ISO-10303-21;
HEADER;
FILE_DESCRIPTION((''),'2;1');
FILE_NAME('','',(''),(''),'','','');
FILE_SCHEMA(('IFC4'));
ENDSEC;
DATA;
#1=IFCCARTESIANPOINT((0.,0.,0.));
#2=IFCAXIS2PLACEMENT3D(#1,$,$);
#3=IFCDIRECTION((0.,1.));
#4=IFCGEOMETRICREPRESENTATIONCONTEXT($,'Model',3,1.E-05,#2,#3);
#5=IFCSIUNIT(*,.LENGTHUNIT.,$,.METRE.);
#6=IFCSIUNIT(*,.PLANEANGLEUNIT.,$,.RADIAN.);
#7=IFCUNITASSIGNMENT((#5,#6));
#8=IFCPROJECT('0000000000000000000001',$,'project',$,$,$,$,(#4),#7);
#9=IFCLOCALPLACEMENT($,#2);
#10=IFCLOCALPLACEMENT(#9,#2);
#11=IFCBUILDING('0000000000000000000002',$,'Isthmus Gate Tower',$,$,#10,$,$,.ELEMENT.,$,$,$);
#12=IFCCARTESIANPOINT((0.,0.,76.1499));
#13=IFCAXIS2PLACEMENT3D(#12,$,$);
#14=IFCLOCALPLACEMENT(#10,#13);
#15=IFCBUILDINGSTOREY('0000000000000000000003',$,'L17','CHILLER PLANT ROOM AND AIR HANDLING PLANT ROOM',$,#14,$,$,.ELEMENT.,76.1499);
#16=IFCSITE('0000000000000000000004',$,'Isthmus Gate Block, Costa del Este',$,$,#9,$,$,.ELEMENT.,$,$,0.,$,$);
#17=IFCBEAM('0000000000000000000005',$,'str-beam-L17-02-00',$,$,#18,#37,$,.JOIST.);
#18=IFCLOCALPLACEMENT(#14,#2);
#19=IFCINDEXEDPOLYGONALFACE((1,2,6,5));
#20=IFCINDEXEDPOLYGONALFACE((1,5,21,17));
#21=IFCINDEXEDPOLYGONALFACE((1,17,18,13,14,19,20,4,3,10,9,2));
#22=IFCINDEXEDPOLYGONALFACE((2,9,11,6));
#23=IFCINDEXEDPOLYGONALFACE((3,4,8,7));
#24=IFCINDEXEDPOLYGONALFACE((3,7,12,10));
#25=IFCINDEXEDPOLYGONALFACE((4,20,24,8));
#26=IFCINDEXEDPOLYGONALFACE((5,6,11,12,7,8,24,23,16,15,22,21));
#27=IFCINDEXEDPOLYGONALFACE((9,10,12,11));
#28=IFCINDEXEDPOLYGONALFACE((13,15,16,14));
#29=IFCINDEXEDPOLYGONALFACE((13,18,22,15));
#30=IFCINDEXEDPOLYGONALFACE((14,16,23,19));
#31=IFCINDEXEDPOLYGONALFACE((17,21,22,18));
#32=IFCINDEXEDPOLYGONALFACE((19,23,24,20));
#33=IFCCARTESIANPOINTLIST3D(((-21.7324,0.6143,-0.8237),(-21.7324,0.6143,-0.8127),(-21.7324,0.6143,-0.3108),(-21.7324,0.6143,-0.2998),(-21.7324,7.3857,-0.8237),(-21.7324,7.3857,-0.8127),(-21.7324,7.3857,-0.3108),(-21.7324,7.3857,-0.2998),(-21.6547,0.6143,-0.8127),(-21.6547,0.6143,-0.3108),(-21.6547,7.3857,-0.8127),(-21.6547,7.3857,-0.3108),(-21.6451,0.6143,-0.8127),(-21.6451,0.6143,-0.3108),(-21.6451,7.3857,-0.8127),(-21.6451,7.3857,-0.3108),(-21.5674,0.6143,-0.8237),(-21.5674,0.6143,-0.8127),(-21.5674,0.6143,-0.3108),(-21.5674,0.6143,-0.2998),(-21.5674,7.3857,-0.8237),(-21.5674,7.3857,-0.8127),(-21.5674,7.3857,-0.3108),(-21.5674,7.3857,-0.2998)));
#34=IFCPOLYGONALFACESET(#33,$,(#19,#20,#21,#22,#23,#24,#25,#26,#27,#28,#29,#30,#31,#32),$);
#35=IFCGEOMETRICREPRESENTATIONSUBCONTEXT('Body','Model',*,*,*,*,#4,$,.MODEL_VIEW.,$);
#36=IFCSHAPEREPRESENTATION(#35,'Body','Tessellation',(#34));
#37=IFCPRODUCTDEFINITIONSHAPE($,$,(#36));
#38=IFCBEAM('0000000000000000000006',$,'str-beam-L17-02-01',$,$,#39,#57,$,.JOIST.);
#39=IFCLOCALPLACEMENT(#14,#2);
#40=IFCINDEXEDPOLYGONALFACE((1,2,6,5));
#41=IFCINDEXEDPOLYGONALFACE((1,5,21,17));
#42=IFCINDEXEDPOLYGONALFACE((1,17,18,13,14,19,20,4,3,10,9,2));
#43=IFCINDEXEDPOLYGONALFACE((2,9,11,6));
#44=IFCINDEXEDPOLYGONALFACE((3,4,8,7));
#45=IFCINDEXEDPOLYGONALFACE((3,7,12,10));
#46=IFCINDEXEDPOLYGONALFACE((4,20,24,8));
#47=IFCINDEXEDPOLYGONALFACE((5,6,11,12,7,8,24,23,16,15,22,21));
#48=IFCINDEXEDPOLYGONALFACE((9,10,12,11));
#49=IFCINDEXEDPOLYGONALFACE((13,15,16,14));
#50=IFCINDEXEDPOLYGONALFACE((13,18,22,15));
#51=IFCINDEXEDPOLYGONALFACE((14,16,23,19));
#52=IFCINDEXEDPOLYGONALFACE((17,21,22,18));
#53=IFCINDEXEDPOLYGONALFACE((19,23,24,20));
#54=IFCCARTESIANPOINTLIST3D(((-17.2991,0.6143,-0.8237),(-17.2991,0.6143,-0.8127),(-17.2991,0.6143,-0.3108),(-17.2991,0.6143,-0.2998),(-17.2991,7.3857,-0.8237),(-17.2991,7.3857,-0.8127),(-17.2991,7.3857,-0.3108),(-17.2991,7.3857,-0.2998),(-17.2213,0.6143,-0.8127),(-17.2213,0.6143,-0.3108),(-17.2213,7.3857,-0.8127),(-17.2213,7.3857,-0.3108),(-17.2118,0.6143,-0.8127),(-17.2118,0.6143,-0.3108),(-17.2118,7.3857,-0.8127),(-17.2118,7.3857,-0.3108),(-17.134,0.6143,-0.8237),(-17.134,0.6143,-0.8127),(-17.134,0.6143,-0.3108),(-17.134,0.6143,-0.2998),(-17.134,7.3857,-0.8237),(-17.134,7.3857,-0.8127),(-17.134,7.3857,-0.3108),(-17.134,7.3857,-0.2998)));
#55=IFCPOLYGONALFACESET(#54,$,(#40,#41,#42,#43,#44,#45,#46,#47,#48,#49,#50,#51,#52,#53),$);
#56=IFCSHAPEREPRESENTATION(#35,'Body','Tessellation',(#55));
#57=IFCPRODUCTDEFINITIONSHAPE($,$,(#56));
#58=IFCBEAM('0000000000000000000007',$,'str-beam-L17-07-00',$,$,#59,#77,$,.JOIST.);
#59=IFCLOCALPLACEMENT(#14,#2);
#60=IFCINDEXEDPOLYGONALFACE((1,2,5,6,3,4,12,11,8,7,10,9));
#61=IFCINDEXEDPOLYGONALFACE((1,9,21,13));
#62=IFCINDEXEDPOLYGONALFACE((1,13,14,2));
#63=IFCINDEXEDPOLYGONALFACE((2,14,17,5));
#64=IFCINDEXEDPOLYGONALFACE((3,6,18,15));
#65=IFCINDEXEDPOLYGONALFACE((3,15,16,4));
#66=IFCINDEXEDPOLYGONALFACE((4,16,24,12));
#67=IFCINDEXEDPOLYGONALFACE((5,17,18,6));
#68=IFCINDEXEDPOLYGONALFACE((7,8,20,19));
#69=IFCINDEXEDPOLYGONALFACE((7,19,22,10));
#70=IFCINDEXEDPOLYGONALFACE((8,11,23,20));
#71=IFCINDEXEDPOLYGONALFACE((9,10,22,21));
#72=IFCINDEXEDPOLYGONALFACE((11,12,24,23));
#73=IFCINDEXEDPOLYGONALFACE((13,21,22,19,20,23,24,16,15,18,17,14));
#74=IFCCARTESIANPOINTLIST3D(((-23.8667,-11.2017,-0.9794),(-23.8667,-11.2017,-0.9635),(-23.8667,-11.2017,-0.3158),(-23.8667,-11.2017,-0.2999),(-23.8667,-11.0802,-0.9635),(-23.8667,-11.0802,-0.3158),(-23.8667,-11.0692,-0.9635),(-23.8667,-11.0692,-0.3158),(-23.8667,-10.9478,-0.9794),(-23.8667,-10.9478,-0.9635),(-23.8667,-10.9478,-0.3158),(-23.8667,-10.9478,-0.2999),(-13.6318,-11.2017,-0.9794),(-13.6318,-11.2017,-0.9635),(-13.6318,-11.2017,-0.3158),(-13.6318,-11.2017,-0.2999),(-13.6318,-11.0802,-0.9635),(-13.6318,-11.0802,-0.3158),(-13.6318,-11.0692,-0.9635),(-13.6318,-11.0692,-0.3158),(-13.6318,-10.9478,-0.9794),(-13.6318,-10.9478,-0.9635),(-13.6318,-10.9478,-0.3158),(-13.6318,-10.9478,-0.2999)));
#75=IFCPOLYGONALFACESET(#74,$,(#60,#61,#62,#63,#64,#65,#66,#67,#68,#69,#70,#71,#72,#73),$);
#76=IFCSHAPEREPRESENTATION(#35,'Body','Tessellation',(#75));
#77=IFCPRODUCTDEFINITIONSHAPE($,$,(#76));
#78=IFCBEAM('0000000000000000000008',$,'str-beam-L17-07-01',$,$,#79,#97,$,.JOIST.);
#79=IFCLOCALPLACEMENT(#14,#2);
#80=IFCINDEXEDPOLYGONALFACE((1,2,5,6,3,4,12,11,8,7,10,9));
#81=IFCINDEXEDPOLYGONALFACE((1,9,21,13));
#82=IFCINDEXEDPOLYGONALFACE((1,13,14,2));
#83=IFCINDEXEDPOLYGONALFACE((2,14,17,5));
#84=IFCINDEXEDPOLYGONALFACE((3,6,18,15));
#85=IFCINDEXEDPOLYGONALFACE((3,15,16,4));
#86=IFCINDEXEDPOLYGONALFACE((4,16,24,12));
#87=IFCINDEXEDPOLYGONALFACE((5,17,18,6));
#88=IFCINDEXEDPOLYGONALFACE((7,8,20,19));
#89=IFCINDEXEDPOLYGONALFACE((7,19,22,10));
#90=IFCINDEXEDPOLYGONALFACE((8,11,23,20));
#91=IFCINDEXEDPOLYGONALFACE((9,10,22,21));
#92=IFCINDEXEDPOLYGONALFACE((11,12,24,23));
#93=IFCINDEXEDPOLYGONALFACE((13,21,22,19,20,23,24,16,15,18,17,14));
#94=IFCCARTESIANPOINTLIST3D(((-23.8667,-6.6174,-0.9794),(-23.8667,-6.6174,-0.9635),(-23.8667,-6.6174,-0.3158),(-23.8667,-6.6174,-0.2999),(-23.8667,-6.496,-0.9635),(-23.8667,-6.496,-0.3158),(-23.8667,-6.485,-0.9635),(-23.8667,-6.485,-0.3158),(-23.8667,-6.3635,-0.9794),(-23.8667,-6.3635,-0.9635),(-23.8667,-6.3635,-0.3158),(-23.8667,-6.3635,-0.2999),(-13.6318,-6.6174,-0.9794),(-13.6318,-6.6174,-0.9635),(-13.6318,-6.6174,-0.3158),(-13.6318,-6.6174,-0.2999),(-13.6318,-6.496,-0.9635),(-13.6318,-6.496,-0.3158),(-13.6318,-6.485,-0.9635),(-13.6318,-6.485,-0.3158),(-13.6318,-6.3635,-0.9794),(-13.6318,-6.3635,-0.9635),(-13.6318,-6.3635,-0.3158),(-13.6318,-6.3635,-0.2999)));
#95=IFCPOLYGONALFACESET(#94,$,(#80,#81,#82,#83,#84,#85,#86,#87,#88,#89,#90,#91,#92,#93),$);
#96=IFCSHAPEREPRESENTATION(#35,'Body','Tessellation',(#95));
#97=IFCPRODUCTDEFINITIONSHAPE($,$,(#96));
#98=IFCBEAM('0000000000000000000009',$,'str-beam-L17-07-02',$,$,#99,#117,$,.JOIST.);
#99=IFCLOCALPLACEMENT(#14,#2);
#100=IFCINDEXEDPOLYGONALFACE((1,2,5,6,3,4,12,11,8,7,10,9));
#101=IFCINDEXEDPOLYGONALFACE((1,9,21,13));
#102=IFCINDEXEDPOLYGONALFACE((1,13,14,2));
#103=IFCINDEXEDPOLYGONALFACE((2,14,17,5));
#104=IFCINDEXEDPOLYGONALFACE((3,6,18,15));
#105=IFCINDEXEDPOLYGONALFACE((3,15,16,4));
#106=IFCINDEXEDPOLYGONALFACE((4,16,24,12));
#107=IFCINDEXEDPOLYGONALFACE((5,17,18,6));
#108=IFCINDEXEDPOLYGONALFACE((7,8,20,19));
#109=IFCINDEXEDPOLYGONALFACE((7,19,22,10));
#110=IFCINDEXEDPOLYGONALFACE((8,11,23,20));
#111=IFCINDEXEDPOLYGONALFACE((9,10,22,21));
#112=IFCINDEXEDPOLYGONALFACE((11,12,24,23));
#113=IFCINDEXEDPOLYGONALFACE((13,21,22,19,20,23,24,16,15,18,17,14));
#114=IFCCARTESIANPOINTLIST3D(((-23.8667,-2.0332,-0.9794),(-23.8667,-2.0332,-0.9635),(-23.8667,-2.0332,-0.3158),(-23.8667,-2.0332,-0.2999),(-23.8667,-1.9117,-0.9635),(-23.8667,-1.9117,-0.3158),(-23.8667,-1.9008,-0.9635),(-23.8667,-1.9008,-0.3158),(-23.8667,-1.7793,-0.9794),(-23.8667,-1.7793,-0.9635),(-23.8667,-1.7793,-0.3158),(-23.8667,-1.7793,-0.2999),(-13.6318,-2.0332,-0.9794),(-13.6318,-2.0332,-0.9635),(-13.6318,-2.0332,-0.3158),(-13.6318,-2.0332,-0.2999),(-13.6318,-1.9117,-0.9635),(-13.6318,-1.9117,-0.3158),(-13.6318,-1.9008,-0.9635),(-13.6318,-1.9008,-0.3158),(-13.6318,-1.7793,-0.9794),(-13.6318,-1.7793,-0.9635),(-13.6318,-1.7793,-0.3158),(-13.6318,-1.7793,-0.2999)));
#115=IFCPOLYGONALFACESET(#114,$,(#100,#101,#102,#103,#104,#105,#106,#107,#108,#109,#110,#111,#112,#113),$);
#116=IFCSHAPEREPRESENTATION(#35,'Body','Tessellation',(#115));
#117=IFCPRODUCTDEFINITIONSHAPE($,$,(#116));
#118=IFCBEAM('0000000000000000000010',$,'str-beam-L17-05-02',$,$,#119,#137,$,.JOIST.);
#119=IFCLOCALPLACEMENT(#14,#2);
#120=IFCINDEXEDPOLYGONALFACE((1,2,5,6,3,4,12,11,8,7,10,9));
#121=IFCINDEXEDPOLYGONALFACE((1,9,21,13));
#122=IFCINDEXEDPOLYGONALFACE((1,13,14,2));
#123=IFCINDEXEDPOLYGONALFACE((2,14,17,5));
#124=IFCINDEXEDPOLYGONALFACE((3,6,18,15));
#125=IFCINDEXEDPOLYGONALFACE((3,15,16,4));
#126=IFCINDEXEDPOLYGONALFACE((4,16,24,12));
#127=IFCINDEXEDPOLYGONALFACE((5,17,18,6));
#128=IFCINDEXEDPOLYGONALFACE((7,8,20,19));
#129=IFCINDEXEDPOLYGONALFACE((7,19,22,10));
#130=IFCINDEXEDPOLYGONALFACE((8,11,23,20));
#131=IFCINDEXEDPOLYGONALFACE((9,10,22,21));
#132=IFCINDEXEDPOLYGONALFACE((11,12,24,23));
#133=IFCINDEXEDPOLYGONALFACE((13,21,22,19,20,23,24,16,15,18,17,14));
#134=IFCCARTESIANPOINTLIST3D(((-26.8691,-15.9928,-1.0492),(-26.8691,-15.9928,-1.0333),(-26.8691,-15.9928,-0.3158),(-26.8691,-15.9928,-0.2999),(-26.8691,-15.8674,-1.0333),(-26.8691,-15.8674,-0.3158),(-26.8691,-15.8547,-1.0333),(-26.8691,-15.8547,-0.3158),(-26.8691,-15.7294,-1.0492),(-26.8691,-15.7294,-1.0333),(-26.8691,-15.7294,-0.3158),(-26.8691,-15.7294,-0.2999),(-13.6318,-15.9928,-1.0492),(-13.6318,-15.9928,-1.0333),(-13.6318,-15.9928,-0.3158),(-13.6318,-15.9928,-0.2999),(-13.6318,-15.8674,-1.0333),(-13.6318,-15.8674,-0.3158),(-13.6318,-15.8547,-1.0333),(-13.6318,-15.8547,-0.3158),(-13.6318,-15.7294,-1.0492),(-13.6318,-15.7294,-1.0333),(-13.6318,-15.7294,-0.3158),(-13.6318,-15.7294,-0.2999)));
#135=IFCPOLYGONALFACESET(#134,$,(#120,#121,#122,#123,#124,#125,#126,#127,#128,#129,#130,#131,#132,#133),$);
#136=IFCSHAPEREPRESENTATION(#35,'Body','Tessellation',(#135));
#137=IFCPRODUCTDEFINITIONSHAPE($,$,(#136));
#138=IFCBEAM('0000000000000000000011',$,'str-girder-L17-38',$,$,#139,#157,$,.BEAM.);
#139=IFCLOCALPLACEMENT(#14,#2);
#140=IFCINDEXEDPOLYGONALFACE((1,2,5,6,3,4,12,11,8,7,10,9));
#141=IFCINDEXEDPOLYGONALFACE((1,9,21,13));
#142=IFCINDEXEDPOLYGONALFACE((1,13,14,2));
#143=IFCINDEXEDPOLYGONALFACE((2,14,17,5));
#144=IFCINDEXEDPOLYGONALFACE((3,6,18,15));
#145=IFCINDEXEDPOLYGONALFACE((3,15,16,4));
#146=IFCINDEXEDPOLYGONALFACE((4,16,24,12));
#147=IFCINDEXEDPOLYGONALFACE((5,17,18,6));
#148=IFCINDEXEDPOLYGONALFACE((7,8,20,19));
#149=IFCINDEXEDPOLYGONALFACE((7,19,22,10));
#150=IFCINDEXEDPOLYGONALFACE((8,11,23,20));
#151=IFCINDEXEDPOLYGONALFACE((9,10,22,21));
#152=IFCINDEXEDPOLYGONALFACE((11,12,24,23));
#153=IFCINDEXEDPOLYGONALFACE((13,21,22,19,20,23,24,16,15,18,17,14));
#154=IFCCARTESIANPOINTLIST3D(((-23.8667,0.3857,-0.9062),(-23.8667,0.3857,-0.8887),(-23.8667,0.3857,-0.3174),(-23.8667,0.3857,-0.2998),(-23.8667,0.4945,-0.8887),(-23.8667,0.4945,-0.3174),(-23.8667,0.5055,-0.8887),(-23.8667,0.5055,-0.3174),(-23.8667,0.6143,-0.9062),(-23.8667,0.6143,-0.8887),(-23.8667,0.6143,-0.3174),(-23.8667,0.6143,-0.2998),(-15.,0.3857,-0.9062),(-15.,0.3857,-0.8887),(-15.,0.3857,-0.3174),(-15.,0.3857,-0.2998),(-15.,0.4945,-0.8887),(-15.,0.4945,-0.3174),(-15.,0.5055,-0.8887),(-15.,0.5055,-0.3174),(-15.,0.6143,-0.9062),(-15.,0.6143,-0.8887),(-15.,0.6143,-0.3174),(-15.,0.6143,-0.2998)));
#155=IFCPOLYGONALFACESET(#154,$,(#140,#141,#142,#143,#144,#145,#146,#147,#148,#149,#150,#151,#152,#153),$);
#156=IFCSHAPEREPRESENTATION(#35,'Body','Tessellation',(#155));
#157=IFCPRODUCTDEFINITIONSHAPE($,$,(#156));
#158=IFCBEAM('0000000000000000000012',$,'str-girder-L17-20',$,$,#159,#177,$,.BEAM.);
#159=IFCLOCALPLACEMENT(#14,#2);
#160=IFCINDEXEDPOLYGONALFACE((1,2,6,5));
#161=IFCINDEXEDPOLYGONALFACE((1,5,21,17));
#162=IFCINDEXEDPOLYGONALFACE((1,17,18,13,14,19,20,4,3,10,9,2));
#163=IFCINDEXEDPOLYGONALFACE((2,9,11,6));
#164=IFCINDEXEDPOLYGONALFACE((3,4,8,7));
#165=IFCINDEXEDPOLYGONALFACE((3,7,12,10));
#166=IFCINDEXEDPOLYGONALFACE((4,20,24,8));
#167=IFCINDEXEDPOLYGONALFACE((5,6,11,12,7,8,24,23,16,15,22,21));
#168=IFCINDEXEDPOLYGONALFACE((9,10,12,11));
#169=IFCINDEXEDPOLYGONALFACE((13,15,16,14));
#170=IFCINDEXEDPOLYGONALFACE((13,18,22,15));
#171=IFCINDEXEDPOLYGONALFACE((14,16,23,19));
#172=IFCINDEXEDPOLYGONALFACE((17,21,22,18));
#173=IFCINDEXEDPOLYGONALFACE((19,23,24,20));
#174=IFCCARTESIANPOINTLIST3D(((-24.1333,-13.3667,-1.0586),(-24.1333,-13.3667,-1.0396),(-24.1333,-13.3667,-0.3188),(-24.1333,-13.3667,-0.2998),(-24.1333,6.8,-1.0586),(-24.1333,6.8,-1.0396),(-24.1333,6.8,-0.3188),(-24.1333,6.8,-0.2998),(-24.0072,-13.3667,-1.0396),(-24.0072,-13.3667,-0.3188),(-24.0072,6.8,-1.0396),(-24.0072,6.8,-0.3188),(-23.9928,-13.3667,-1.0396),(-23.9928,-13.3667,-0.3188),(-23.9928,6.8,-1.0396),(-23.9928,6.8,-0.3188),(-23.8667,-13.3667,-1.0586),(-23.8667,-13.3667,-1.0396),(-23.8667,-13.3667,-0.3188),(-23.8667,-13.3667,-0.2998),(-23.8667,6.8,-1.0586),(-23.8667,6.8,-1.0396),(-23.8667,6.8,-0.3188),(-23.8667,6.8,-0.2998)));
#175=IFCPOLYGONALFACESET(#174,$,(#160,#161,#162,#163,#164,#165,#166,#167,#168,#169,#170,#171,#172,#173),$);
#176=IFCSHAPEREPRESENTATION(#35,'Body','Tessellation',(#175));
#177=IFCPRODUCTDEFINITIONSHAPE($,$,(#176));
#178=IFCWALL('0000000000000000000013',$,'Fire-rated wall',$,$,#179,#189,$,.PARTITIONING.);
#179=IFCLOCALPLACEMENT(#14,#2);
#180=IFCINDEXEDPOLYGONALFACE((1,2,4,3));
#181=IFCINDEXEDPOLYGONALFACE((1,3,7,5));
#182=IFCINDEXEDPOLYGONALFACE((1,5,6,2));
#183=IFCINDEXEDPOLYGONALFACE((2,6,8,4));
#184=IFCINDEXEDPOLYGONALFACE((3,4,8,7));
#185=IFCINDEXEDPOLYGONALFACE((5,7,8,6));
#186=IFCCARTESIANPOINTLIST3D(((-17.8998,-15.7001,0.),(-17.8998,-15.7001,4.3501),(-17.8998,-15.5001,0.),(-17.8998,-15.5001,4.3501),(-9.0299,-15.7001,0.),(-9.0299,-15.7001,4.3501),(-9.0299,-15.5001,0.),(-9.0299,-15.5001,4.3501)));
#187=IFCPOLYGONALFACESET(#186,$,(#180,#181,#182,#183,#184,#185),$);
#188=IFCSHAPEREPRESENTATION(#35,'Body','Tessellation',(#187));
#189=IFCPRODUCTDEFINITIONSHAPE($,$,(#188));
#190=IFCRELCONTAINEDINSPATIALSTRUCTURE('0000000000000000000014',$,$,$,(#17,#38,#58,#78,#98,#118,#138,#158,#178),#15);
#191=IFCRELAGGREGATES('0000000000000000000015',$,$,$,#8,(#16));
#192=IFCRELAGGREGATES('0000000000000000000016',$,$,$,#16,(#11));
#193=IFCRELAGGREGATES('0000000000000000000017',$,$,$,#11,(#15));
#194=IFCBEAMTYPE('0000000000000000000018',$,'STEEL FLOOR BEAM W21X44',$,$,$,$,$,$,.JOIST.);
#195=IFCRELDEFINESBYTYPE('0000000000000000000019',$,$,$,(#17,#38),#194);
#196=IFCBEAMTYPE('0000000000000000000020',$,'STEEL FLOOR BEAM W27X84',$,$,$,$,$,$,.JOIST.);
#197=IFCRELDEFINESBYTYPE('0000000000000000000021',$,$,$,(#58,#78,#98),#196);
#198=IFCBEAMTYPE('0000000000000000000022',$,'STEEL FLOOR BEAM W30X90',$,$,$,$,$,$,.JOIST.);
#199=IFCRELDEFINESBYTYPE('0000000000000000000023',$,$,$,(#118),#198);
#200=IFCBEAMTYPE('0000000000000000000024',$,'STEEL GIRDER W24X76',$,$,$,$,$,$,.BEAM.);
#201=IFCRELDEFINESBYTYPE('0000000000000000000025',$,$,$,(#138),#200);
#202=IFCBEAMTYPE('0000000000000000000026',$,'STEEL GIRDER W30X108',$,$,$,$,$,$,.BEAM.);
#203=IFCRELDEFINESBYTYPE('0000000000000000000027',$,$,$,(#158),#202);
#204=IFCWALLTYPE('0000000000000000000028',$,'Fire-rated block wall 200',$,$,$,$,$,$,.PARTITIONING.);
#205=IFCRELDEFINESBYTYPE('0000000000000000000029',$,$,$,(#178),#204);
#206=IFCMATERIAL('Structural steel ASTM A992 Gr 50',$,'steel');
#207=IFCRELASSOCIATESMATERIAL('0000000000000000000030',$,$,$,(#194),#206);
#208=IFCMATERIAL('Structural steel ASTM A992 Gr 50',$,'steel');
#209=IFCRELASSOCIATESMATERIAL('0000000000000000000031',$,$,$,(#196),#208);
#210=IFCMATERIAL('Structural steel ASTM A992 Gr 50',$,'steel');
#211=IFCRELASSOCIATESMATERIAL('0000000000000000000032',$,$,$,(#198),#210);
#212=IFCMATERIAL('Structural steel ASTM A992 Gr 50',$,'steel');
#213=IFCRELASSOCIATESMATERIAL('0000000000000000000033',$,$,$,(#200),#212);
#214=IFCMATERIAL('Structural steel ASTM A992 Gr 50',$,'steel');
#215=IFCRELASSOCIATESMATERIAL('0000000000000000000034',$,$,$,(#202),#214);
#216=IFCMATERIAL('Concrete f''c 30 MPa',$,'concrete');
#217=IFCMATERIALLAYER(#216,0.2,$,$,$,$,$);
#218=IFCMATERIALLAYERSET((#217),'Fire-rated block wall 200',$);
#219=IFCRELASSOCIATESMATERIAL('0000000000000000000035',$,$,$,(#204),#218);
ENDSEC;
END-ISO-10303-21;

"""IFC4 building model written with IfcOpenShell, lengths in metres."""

from ifc_helpers import new_model, si_unit, direction, frame, frame_2d, origin, origin_2d, place, context, subcontext, project, spatial, rectangle, i_section, extrude, material, layer, layer_set, material_profile, profile_set, type_object, element, save


model = new_model("IFC4")

# Units and contexts
model_context = context("Model", 3, precision=1e-05, world=origin(), true_north=direction((0.0, 1.0)))
body_context = subcontext(model_context, "Body", "Model", "MODEL_VIEW")
ifc_project = project(units=[si_unit("LENGTHUNIT", "METRE"), si_unit("PLANEANGLEUNIT", "RADIAN")], contexts=[model_context])

# Site, building, storey
site_placement = place(None, origin())
site = spatial("IfcSite", under=ifc_project, at=site_placement, Name="Isthmus Gate Block, Costa del Este", CompositionType="ELEMENT", RefElevation=0.0)
building_placement = place(site_placement, origin())
building = spatial("IfcBuilding", under=site, at=building_placement, Name="Isthmus Gate Tower", CompositionType="ELEMENT")
storey_placement = place(building_placement, frame((0.0, 0.0, 76.1499)))
storey = spatial("IfcBuildingStorey", under=building, at=storey_placement, Name="L17", Description="CHILLER PLANT ROOM AND AIR HANDLING PLANT ROOM", CompositionType="ELEMENT", Elevation=76.1499)

# Beams
ifc_material_1 = material(Name="Structural steel ASTM A992 Gr 50", Category="steel")
ifc_material_profile_1 = material_profile(ifc_material_1, i_section(OverallWidth=0.165, OverallDepth=0.5239, WebThickness=0.0095, FlangeThickness=0.011, at=origin_2d()), Name="W21X44")
ifc_profile_set_1 = profile_set([ifc_material_profile_1], Name="Structural steel ASTM A992 Gr 50")
beam_type_1 = type_object("IfcBeamType", Name="STEEL FLOOR BEAM W21X44", PredefinedType="JOIST", material=ifc_profile_set_1)
for number, where, z_axis, x_axis, name in (
    (1, (-21.6499, 0.6143, -0.5618), (0.0, 1.0, 0.0), (-1.0, 0.0, 0.0), "str-beam-L17-02-00"),
    (2, (-17.2166, 0.6143, -0.5618), (0.0, 1.0, 0.0), (-1.0, 0.0, 0.0), "str-beam-L17-02-01"),
):
    element("IfcBeam", number, at=place(storey_placement, frame(where, z_axis=z_axis, x_axis=x_axis)), inside=storey, type_object=beam_type_1, Name=name, PredefinedType="JOIST", context=body_context, shape_type="SweptSolid", body=[
        extrude(i_section(OverallWidth=0.165, OverallDepth=0.5239, WebThickness=0.0095, FlangeThickness=0.011, at=origin_2d()), origin(), (0.0, 0.0, 1.0), 6.7715),
    ])
ifc_material_2 = material(Name="Structural steel ASTM A992 Gr 50", Category="steel")
ifc_material_profile_2 = material_profile(ifc_material_2, i_section(OverallWidth=0.2539, OverallDepth=0.6794, WebThickness=0.011, FlangeThickness=0.0159, at=origin_2d()), Name="W27X84")
ifc_profile_set_2 = profile_set([ifc_material_profile_2], Name="Structural steel ASTM A992 Gr 50")
beam_type_2 = type_object("IfcBeamType", Name="STEEL FLOOR BEAM W27X84", PredefinedType="JOIST", material=ifc_profile_set_2)
for number, where, z_axis, x_axis, name in (
    (3, (-23.8667, -11.0747, -0.6396), (1.0, 0.0, 0.0), (0.0, 1.0, 0.0), "str-beam-L17-07-00"),
    (4, (-23.8667, -6.4905, -0.6396), (1.0, 0.0, 0.0), (0.0, 1.0, 0.0), "str-beam-L17-07-01"),
    (5, (-23.8667, -1.9062, -0.6396), (1.0, 0.0, 0.0), (0.0, 1.0, 0.0), "str-beam-L17-07-02"),
):
    element("IfcBeam", number, at=place(storey_placement, frame(where, z_axis=z_axis, x_axis=x_axis)), inside=storey, type_object=beam_type_2, Name=name, PredefinedType="JOIST", context=body_context, shape_type="SweptSolid", body=[
        extrude(i_section(OverallWidth=0.2539, OverallDepth=0.6794, WebThickness=0.011, FlangeThickness=0.0159, at=origin_2d()), origin(), (0.0, 0.0, 1.0), 10.2349),
    ])
ifc_material_3 = material(Name="Structural steel ASTM A992 Gr 50", Category="steel")
ifc_material_profile_3 = material_profile(ifc_material_3, i_section(OverallWidth=0.2634, OverallDepth=0.7493, WebThickness=0.0127, FlangeThickness=0.0159, at=origin_2d()), Name="W30X90")
ifc_profile_set_3 = profile_set([ifc_material_profile_3], Name="Structural steel ASTM A992 Gr 50")
beam_type_3 = type_object("IfcBeamType", Name="STEEL FLOOR BEAM W30X90", PredefinedType="JOIST", material=ifc_profile_set_3)
beam_1_placement = place(storey_placement, frame((-26.8691, -15.8611, -0.6746), z_axis=(1.0, 0.0, 0.0), x_axis=(0.0, 1.0, 0.0)))
element("IfcBeam", 6, at=beam_1_placement, inside=storey, type_object=beam_type_3, Name="str-beam-L17-05-02", PredefinedType="JOIST", context=body_context, shape_type="SweptSolid", body=[
    extrude(i_section(OverallWidth=0.2634, OverallDepth=0.7493, WebThickness=0.0127, FlangeThickness=0.0159, at=origin_2d()), origin(), (0.0, 0.0, 1.0), 13.2373),
])
ifc_material_4 = material(Name="Structural steel ASTM A992 Gr 50", Category="steel")
ifc_material_profile_4 = material_profile(ifc_material_4, i_section(OverallWidth=0.2285, OverallDepth=0.6064, WebThickness=0.011, FlangeThickness=0.0176, at=origin_2d()), Name="W24X76")
ifc_profile_set_4 = profile_set([ifc_material_profile_4], Name="Structural steel ASTM A992 Gr 50")
beam_type_4 = type_object("IfcBeamType", Name="STEEL GIRDER W24X76", PredefinedType="BEAM", material=ifc_profile_set_4)
beam_2_placement = place(storey_placement, frame((-15.0, 0.5, -0.603), z_axis=(-1.0, 0.0, 0.0), x_axis=(0.0, -1.0, 0.0)))
element("IfcBeam", 7, at=beam_2_placement, inside=storey, type_object=beam_type_4, Name="str-girder-L17-38", PredefinedType="BEAM", context=body_context, shape_type="SweptSolid", body=[
    extrude(i_section(OverallWidth=0.2285, OverallDepth=0.6064, WebThickness=0.011, FlangeThickness=0.0176, at=origin_2d()), origin(), (0.0, 0.0, 1.0), 8.8667),
])
ifc_material_5 = material(Name="Structural steel ASTM A992 Gr 50", Category="steel")
ifc_material_profile_5 = material_profile(ifc_material_5, i_section(OverallWidth=0.2666, OverallDepth=0.7588, WebThickness=0.0144, FlangeThickness=0.019, at=origin_2d()), Name="W30X108")
ifc_profile_set_5 = profile_set([ifc_material_profile_5], Name="Structural steel ASTM A992 Gr 50")
beam_type_5 = type_object("IfcBeamType", Name="STEEL GIRDER W30X108", PredefinedType="BEAM", material=ifc_profile_set_5)
beam_3_placement = place(storey_placement, frame((-24.0, -13.3667, -0.6792), z_axis=(0.0, 1.0, 0.0), x_axis=(-1.0, 0.0, 0.0)))
element("IfcBeam", 8, at=beam_3_placement, inside=storey, type_object=beam_type_5, Name="str-girder-L17-20", PredefinedType="BEAM", context=body_context, shape_type="SweptSolid", body=[
    extrude(i_section(OverallWidth=0.2666, OverallDepth=0.7588, WebThickness=0.0144, FlangeThickness=0.019, at=origin_2d()), origin(), (0.0, 0.0, 1.0), 20.1667),
])

# Wall
ifc_material_6 = material(Name="Concrete f'c 30 MPa", Category="concrete")
ifc_layer_1 = layer(ifc_material_6, 0.2)
ifc_layer_set_1 = layer_set([ifc_layer_1], Name="Fire-rated block wall 200")
wall_type_1 = type_object("IfcWallType", Name="Fire-rated block wall 200", PredefinedType="PARTITIONING", material=ifc_layer_set_1)
wall_1_placement = place(storey_placement, frame((-17.8999, -15.6001, 0.0), z_axis=(0.0, 0.0, 1.0), x_axis=(1.0, 0.0, 0.0)))
element("IfcWall", 9, at=wall_1_placement, inside=storey, type_object=wall_type_1, Name="Fire-rated wall", PredefinedType="PARTITIONING", context=body_context, shape_type="SweptSolid", body=[
    extrude(rectangle(XDim=8.8699, YDim=0.2, at=frame_2d((4.4351, 0.0))), origin(), (0.0, 0.0, 1.0), 4.3501),
])

save(model, "model.ifc")
